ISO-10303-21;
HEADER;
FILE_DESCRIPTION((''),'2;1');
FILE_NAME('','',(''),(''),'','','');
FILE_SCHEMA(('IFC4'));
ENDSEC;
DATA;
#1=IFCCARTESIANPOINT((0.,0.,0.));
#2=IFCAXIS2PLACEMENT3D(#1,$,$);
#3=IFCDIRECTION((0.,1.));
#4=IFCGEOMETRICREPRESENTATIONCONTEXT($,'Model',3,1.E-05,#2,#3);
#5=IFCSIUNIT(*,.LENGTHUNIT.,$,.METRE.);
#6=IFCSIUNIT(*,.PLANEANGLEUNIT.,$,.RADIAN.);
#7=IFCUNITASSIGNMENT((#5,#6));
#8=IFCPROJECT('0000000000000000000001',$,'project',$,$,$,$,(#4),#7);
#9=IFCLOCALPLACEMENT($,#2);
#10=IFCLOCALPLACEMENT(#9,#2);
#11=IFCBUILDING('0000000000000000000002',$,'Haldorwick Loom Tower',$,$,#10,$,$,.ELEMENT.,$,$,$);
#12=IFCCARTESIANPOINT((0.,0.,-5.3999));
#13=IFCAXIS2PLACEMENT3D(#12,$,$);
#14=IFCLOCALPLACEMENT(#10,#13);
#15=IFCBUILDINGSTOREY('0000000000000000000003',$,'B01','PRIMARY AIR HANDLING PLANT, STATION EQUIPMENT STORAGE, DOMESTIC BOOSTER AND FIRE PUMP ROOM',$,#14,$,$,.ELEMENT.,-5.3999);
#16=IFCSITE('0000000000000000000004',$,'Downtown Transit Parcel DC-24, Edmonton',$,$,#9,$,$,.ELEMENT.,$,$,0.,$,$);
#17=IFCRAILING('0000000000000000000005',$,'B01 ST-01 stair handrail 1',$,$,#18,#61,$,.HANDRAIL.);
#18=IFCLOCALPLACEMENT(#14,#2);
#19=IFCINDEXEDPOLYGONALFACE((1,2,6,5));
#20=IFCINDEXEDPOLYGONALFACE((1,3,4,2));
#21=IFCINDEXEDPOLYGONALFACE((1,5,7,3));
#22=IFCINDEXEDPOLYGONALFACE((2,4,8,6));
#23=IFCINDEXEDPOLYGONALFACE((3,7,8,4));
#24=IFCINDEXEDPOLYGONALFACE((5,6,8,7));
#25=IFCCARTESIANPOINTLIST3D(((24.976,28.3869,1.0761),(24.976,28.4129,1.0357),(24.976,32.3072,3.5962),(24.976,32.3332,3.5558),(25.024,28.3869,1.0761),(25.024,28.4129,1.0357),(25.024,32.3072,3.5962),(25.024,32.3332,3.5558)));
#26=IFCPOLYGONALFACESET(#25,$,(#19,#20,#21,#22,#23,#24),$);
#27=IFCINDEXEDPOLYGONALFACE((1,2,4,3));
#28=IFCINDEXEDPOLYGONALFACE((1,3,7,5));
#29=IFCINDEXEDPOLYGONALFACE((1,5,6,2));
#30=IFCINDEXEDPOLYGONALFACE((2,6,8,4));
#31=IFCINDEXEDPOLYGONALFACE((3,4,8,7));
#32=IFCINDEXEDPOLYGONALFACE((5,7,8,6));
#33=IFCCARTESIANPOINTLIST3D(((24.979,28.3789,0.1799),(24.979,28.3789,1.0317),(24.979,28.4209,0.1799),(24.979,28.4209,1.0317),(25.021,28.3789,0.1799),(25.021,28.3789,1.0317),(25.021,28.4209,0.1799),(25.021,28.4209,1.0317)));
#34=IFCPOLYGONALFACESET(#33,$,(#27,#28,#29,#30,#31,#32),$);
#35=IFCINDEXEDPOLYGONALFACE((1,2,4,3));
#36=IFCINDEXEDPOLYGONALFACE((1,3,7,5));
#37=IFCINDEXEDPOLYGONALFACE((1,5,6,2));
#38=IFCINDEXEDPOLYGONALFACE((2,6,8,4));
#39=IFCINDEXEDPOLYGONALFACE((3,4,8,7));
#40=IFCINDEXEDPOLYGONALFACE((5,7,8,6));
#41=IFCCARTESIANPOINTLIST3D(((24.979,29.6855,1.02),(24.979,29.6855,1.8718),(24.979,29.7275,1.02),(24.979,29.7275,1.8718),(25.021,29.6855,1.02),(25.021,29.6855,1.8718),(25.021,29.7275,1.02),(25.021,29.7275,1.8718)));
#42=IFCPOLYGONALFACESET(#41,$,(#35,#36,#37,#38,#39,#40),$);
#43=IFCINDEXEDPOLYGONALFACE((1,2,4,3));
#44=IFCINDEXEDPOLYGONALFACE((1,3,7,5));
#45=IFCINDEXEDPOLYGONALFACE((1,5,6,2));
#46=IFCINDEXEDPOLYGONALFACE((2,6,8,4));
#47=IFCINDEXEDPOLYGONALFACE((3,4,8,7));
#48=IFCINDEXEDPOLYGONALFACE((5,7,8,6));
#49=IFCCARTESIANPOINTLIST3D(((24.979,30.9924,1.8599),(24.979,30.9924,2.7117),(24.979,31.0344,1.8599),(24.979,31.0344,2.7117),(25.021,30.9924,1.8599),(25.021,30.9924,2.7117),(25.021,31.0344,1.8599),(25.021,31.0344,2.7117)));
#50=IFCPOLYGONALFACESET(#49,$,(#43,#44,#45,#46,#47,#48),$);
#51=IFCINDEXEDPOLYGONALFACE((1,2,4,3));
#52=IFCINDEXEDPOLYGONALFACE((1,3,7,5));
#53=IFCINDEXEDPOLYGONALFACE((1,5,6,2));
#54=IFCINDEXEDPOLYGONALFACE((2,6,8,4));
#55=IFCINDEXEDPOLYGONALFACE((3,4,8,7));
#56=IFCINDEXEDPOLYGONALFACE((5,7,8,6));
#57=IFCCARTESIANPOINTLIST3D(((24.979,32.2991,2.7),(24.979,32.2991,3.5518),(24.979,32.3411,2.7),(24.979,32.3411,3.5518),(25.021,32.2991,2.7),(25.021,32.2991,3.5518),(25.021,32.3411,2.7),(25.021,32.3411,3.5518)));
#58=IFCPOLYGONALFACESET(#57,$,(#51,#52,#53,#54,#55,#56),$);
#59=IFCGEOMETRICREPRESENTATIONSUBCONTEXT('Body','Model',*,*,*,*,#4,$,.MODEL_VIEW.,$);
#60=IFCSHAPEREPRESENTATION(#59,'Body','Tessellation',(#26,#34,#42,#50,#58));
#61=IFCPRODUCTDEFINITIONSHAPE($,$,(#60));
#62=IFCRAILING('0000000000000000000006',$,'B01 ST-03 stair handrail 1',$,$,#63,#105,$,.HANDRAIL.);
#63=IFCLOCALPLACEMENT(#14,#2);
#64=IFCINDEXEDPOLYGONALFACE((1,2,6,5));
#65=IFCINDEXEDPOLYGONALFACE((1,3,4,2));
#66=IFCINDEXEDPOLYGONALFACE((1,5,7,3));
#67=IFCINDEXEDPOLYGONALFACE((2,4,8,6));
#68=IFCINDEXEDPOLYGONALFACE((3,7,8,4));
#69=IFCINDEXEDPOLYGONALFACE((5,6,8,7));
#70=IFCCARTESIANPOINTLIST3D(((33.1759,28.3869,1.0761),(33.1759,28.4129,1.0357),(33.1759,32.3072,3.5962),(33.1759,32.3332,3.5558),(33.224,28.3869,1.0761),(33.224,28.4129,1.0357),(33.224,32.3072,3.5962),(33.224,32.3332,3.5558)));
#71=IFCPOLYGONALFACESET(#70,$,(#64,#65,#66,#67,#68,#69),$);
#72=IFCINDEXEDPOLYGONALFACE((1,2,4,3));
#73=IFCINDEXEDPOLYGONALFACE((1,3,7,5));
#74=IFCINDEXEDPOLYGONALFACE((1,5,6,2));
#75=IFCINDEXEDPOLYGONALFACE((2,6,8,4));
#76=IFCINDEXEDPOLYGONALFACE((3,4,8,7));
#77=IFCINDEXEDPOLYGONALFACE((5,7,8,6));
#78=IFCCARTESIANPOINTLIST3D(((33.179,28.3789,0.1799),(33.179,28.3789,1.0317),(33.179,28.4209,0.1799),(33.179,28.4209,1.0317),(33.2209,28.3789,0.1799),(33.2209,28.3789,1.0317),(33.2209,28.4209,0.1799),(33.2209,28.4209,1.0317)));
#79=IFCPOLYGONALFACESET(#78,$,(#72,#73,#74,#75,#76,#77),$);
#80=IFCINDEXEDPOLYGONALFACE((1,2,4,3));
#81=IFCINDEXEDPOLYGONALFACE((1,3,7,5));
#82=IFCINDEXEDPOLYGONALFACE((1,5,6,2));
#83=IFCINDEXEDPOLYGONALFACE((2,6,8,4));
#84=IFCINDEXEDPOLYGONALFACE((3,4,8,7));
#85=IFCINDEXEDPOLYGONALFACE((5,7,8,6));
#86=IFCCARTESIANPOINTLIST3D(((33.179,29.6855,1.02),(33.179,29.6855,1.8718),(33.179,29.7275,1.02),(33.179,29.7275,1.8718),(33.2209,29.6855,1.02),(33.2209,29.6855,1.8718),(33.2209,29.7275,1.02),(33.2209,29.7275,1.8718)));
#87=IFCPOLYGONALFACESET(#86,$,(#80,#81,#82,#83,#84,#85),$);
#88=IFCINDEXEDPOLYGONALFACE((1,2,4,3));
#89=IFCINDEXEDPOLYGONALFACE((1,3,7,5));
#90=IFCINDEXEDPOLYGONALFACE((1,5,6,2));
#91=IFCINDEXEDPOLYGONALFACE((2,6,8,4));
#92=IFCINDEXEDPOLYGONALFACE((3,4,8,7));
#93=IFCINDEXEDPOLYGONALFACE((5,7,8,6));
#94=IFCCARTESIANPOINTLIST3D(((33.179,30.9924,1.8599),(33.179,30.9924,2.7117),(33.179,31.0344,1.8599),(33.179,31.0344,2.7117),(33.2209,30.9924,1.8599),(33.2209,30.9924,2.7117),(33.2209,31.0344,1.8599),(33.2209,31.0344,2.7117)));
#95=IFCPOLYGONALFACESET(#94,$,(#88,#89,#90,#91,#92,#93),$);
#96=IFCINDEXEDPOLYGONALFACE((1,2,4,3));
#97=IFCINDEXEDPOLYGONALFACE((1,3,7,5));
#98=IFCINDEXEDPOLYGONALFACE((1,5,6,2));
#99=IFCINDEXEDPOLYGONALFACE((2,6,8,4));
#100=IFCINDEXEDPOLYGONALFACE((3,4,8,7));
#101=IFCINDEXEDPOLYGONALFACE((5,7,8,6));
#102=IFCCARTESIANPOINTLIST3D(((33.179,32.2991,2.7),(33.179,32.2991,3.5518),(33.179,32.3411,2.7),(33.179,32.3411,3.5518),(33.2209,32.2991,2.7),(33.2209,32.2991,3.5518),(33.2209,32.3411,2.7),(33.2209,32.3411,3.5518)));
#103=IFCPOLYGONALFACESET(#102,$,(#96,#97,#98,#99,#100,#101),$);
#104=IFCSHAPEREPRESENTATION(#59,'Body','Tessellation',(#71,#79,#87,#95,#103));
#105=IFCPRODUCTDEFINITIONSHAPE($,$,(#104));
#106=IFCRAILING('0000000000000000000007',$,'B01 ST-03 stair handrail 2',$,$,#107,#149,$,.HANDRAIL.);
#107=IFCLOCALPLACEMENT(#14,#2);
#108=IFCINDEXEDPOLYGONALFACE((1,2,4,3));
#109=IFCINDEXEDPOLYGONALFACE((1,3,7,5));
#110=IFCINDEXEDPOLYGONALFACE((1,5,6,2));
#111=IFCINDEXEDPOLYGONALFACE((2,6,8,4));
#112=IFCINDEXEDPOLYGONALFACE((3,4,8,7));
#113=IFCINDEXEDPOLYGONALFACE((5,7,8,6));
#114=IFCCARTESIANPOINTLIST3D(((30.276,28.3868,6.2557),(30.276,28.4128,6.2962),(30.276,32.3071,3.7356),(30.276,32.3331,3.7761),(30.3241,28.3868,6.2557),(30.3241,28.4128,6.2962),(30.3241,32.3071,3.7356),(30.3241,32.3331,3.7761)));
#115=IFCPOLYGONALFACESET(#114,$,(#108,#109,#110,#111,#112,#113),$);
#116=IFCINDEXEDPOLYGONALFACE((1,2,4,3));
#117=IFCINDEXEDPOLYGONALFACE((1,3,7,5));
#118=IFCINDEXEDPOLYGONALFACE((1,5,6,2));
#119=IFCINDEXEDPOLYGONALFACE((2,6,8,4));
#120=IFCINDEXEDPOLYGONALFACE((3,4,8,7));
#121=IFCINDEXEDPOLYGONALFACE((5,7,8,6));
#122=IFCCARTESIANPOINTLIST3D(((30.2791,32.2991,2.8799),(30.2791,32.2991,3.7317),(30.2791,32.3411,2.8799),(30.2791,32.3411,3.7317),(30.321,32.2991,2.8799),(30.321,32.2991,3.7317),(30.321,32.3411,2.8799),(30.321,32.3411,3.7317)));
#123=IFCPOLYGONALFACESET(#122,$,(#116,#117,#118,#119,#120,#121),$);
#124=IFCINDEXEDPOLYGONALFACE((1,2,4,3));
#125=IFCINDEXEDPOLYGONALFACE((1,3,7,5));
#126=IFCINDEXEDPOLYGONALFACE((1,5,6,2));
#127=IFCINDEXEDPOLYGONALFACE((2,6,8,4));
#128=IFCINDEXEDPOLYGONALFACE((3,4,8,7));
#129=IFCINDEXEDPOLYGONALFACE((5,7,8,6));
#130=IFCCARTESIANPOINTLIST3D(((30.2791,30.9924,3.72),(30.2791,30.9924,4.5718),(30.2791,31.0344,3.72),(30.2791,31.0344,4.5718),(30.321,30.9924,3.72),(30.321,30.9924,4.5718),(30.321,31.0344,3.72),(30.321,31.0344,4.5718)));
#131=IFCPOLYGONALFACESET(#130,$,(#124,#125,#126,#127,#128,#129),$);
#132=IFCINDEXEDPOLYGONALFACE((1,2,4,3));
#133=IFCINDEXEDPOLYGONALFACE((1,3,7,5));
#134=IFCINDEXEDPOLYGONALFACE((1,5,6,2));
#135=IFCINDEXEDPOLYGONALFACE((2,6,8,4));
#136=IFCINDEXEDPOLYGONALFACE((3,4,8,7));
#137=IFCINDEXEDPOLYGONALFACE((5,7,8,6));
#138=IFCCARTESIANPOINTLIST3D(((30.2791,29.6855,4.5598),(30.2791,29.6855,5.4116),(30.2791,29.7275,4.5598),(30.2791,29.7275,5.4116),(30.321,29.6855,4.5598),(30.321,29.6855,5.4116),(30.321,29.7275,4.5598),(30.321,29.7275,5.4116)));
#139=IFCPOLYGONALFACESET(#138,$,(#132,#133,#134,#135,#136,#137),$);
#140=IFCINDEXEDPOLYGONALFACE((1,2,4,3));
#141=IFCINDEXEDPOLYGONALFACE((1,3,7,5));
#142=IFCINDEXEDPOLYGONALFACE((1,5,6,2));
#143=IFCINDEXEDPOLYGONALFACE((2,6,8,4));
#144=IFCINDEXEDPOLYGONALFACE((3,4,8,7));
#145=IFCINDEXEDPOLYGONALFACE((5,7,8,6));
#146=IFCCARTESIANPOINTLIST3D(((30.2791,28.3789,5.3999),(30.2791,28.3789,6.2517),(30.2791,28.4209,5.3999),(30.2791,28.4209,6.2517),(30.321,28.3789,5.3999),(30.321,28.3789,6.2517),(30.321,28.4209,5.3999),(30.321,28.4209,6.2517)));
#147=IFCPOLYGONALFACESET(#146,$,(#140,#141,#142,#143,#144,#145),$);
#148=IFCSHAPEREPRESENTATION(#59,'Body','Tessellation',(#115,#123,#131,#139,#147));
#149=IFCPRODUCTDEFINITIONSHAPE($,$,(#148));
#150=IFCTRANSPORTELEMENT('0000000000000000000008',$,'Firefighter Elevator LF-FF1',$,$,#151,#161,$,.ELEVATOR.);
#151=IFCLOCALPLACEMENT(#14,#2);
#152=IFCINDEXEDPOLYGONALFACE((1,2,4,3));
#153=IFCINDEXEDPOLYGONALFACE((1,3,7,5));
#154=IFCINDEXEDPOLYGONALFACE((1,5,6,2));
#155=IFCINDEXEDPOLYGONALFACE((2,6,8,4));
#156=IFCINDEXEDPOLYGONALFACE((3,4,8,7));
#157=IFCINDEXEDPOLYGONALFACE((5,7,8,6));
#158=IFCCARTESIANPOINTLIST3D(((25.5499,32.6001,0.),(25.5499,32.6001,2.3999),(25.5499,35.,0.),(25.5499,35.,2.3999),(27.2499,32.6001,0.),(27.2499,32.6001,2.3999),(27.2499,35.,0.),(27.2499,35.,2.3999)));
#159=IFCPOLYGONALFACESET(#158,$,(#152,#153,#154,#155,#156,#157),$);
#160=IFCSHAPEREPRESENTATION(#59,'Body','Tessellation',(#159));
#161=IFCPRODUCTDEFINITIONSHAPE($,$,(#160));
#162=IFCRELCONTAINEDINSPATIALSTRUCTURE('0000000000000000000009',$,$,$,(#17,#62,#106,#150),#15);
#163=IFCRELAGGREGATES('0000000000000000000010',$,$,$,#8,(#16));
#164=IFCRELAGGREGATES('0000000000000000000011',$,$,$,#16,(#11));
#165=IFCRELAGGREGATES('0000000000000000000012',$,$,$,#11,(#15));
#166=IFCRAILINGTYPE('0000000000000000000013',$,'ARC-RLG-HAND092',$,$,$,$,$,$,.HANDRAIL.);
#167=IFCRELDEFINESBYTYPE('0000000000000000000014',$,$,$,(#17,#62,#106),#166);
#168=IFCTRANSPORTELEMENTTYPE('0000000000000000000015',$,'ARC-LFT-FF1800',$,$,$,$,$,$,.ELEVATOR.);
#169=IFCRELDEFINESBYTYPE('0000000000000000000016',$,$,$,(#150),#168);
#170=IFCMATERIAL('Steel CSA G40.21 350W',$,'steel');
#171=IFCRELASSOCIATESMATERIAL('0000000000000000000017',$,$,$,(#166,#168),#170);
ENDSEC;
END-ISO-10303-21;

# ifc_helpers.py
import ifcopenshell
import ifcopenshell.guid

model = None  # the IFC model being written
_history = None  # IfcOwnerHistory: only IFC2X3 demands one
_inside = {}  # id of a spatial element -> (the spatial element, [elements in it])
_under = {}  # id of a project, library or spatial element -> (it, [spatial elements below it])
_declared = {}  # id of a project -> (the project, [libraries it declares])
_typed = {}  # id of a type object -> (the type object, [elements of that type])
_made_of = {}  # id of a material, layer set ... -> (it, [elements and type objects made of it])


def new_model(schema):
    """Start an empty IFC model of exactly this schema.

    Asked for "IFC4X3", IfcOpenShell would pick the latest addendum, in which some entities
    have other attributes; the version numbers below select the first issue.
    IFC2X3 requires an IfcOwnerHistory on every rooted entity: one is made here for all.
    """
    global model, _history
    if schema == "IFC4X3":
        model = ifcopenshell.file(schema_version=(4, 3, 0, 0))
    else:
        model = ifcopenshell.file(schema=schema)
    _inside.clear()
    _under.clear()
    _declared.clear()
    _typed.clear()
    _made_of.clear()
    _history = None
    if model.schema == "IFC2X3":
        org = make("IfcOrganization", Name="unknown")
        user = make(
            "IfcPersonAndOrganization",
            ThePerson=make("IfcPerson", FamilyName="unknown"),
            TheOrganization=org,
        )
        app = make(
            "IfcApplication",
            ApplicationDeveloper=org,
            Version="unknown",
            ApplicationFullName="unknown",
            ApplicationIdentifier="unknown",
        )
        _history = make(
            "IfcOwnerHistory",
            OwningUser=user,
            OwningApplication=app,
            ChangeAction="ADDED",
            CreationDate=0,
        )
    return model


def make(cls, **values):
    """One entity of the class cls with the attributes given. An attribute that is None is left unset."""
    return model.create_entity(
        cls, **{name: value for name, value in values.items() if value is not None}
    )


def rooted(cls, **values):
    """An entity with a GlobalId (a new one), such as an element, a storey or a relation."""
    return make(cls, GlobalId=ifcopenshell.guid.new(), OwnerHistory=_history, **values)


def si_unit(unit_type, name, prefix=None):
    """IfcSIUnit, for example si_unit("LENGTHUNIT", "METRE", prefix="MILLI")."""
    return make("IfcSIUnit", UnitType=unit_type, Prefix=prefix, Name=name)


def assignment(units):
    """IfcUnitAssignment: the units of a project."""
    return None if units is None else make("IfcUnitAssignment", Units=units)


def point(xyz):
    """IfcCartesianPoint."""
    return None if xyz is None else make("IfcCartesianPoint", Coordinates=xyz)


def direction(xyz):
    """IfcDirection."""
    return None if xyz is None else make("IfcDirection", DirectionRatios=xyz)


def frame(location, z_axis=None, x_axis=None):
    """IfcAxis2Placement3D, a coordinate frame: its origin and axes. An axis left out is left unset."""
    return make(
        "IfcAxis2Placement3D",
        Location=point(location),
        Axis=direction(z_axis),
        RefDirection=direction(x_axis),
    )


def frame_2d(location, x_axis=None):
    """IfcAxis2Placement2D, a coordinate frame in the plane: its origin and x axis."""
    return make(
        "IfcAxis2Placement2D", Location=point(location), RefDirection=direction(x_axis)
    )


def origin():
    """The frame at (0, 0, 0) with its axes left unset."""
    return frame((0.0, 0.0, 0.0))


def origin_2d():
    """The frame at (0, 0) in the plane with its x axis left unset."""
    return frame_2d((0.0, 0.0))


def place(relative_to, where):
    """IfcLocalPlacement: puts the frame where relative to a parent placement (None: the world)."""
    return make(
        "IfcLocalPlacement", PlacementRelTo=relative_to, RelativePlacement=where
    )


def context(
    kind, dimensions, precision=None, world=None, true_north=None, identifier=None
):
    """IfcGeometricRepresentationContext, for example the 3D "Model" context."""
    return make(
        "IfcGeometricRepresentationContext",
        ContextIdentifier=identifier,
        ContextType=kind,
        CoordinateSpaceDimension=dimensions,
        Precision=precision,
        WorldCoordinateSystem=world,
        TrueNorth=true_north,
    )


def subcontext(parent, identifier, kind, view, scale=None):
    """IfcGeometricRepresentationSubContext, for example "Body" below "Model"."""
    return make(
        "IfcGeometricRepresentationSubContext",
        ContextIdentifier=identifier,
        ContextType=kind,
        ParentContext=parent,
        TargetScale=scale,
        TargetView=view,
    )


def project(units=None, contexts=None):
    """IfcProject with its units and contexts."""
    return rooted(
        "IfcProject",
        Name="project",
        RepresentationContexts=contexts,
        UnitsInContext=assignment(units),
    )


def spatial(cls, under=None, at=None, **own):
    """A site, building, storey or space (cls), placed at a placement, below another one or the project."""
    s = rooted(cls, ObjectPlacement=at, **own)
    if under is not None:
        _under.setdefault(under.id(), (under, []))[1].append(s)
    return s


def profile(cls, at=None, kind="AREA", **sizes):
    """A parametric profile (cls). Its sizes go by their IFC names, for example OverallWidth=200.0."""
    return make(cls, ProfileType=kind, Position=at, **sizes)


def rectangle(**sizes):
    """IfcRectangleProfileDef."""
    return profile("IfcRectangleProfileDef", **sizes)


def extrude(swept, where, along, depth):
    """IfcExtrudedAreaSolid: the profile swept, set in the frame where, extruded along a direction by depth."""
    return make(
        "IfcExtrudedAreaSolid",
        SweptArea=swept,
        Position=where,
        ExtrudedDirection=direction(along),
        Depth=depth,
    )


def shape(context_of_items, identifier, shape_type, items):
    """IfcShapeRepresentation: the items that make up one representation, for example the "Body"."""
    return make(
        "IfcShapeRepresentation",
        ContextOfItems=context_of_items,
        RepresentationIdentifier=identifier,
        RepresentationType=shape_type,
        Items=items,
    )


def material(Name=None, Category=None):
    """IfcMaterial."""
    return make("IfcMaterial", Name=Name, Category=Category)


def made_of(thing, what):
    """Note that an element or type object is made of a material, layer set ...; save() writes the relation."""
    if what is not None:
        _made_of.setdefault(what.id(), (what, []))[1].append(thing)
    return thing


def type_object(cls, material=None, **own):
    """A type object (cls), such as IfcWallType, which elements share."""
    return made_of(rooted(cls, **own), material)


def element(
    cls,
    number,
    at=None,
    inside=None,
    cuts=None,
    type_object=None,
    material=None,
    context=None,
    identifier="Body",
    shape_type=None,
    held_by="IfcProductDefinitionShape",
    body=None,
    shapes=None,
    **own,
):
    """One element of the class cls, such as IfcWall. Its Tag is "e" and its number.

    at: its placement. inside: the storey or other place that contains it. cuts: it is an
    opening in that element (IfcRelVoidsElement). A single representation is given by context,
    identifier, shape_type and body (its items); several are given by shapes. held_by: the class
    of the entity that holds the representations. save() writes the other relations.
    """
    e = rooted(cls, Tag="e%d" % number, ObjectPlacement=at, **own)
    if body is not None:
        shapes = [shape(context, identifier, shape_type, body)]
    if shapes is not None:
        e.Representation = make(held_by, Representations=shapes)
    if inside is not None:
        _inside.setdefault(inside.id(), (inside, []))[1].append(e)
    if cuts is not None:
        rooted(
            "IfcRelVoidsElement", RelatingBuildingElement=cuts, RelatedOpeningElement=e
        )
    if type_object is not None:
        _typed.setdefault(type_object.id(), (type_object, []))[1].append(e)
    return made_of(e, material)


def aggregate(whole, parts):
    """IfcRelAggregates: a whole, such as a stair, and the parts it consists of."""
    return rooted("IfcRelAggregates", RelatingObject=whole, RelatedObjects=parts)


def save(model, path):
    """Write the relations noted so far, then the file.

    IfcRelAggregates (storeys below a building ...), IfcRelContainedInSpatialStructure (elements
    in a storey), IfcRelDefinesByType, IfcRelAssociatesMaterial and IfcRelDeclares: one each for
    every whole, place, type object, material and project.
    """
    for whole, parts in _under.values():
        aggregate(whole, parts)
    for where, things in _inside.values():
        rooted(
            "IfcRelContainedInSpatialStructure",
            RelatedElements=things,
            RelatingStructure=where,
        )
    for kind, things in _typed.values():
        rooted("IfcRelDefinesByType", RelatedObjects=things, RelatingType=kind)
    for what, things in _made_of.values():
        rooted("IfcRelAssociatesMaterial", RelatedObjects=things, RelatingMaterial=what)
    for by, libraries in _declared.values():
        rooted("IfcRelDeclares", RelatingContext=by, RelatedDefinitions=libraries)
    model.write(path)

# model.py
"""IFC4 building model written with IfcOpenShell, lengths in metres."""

from ifc_helpers import new_model, si_unit, direction, frame, origin, origin_2d, place, context, subcontext, project, spatial, rectangle, extrude, material, type_object, element, save


model = new_model("IFC4")

# Units and contexts
model_context = context("Model", 3, precision=1e-05, world=origin(), true_north=direction((0.0, 1.0)))
body_context = subcontext(model_context, "Body", "Model", "MODEL_VIEW")
ifc_project = project(units=[si_unit("LENGTHUNIT", "METRE"), si_unit("PLANEANGLEUNIT", "RADIAN")], contexts=[model_context])

# Site, building, storey
site_placement = place(None, origin())
site = spatial("IfcSite", under=ifc_project, at=site_placement, Name="Downtown Transit Parcel DC-24, Edmonton", CompositionType="ELEMENT", RefElevation=0.0)
building_placement = place(site_placement, origin())
building = spatial("IfcBuilding", under=site, at=building_placement, Name="Haldorwick Loom Tower", CompositionType="ELEMENT")
storey_placement = place(building_placement, frame((0.0, 0.0, -5.3999)))
storey = spatial("IfcBuildingStorey", under=building, at=storey_placement, Name="B01", Description="PRIMARY AIR HANDLING PLANT, STATION EQUIPMENT STORAGE, DOMESTIC BOOSTER AND FIRE PUMP ROOM", CompositionType="ELEMENT", Elevation=-5.3999)

# Shared definitions
ifc_material_1 = material(Name="Steel CSA G40.21 350W", Category="steel")

# Railings
railing_type_1 = type_object("IfcRailingType", Name="ARC-RLG-HAND092", PredefinedType="HANDRAIL", material=ifc_material_1)
for number, where, name in (
    (1, (25.0, 28.3999, 0.1799), "B01 ST-01 stair handrail 1"),
    (2, (33.2, 28.3999, 0.1799), "B01 ST-03 stair handrail 1"),
):
    element("IfcRailing", number, at=place(storey_placement, frame(where)), inside=storey, type_object=railing_type_1, Name=name, PredefinedType="HANDRAIL", context=body_context, shape_type="SweptSolid", body=[
        extrude(rectangle(XDim=0.0481, YDim=0.0481, at=origin_2d()), frame((0.0, 0.0, 0.876), z_axis=(0.0, 0.841187, 0.540744), x_axis=(-1.0, 0.0, 0.0)), (0.0, 0.0, 1.0), 4.6604),
        extrude(rectangle(XDim=0.042, YDim=0.042, at=origin_2d()), origin(), (0.0, 0.0, 1.0), 0.8518),
        extrude(rectangle(XDim=0.042, YDim=0.042, at=origin_2d()), frame((0.0, 1.3066, 0.8401)), (0.0, 0.0, 1.0), 0.8518),
        extrude(rectangle(XDim=0.042, YDim=0.042, at=origin_2d()), frame((0.0, 2.6135, 1.6799)), (0.0, 0.0, 1.0), 0.8518),
        extrude(rectangle(XDim=0.042, YDim=0.042, at=origin_2d()), frame((0.0, 3.9202, 2.52)), (0.0, 0.0, 1.0), 0.8518),
    ])
railing_1_placement = place(storey_placement, frame((30.3, 32.3201, 2.8799)))
element("IfcRailing", 3, at=railing_1_placement, inside=storey, type_object=railing_type_1, Name="B01 ST-03 stair handrail 2", PredefinedType="HANDRAIL", context=body_context, shape_type="SweptSolid", body=[
    extrude(rectangle(XDim=0.0481, YDim=0.0481, at=origin_2d()), frame((0.0, 0.0, 0.876), z_axis=(0.0, -0.841187, 0.540744), x_axis=(1.0, 0.0, 0.0)), (0.0, 0.0, 1.0), 4.6604),
    extrude(rectangle(XDim=0.042, YDim=0.042, at=origin_2d()), origin(), (0.0, 0.0, 1.0), 0.8518),
    extrude(rectangle(XDim=0.042, YDim=0.042, at=origin_2d()), frame((0.0, -1.3066, 0.8401)), (0.0, 0.0, 1.0), 0.8518),
    extrude(rectangle(XDim=0.042, YDim=0.042, at=origin_2d()), frame((0.0, -2.6135, 1.6799)), (0.0, 0.0, 1.0), 0.8518),
    extrude(rectangle(XDim=0.042, YDim=0.042, at=origin_2d()), frame((0.0, -3.9202, 2.52)), (0.0, 0.0, 1.0), 0.8518),
])

# Transport element
transport_element_type = type_object("IfcTransportElementType", Name="ARC-LFT-FF1800", PredefinedType="ELEVATOR", material=ifc_material_1)
transport_element_placement = place(storey_placement, frame((26.3999, 33.8, 0.0), z_axis=(0.0, 0.0, 1.0), x_axis=(1.0, 0.0, 0.0)))
element("IfcTransportElement", 4, at=transport_element_placement, inside=storey, type_object=transport_element_type, Name="Firefighter Elevator LF-FF1", PredefinedType="ELEVATOR", context=body_context, shape_type="SweptSolid", body=[
    extrude(rectangle(XDim=1.7, YDim=2.3999, at=origin_2d()), origin(), (0.0, 0.0, 1.0), 2.3999),
])

save(model, "model.ifc")
